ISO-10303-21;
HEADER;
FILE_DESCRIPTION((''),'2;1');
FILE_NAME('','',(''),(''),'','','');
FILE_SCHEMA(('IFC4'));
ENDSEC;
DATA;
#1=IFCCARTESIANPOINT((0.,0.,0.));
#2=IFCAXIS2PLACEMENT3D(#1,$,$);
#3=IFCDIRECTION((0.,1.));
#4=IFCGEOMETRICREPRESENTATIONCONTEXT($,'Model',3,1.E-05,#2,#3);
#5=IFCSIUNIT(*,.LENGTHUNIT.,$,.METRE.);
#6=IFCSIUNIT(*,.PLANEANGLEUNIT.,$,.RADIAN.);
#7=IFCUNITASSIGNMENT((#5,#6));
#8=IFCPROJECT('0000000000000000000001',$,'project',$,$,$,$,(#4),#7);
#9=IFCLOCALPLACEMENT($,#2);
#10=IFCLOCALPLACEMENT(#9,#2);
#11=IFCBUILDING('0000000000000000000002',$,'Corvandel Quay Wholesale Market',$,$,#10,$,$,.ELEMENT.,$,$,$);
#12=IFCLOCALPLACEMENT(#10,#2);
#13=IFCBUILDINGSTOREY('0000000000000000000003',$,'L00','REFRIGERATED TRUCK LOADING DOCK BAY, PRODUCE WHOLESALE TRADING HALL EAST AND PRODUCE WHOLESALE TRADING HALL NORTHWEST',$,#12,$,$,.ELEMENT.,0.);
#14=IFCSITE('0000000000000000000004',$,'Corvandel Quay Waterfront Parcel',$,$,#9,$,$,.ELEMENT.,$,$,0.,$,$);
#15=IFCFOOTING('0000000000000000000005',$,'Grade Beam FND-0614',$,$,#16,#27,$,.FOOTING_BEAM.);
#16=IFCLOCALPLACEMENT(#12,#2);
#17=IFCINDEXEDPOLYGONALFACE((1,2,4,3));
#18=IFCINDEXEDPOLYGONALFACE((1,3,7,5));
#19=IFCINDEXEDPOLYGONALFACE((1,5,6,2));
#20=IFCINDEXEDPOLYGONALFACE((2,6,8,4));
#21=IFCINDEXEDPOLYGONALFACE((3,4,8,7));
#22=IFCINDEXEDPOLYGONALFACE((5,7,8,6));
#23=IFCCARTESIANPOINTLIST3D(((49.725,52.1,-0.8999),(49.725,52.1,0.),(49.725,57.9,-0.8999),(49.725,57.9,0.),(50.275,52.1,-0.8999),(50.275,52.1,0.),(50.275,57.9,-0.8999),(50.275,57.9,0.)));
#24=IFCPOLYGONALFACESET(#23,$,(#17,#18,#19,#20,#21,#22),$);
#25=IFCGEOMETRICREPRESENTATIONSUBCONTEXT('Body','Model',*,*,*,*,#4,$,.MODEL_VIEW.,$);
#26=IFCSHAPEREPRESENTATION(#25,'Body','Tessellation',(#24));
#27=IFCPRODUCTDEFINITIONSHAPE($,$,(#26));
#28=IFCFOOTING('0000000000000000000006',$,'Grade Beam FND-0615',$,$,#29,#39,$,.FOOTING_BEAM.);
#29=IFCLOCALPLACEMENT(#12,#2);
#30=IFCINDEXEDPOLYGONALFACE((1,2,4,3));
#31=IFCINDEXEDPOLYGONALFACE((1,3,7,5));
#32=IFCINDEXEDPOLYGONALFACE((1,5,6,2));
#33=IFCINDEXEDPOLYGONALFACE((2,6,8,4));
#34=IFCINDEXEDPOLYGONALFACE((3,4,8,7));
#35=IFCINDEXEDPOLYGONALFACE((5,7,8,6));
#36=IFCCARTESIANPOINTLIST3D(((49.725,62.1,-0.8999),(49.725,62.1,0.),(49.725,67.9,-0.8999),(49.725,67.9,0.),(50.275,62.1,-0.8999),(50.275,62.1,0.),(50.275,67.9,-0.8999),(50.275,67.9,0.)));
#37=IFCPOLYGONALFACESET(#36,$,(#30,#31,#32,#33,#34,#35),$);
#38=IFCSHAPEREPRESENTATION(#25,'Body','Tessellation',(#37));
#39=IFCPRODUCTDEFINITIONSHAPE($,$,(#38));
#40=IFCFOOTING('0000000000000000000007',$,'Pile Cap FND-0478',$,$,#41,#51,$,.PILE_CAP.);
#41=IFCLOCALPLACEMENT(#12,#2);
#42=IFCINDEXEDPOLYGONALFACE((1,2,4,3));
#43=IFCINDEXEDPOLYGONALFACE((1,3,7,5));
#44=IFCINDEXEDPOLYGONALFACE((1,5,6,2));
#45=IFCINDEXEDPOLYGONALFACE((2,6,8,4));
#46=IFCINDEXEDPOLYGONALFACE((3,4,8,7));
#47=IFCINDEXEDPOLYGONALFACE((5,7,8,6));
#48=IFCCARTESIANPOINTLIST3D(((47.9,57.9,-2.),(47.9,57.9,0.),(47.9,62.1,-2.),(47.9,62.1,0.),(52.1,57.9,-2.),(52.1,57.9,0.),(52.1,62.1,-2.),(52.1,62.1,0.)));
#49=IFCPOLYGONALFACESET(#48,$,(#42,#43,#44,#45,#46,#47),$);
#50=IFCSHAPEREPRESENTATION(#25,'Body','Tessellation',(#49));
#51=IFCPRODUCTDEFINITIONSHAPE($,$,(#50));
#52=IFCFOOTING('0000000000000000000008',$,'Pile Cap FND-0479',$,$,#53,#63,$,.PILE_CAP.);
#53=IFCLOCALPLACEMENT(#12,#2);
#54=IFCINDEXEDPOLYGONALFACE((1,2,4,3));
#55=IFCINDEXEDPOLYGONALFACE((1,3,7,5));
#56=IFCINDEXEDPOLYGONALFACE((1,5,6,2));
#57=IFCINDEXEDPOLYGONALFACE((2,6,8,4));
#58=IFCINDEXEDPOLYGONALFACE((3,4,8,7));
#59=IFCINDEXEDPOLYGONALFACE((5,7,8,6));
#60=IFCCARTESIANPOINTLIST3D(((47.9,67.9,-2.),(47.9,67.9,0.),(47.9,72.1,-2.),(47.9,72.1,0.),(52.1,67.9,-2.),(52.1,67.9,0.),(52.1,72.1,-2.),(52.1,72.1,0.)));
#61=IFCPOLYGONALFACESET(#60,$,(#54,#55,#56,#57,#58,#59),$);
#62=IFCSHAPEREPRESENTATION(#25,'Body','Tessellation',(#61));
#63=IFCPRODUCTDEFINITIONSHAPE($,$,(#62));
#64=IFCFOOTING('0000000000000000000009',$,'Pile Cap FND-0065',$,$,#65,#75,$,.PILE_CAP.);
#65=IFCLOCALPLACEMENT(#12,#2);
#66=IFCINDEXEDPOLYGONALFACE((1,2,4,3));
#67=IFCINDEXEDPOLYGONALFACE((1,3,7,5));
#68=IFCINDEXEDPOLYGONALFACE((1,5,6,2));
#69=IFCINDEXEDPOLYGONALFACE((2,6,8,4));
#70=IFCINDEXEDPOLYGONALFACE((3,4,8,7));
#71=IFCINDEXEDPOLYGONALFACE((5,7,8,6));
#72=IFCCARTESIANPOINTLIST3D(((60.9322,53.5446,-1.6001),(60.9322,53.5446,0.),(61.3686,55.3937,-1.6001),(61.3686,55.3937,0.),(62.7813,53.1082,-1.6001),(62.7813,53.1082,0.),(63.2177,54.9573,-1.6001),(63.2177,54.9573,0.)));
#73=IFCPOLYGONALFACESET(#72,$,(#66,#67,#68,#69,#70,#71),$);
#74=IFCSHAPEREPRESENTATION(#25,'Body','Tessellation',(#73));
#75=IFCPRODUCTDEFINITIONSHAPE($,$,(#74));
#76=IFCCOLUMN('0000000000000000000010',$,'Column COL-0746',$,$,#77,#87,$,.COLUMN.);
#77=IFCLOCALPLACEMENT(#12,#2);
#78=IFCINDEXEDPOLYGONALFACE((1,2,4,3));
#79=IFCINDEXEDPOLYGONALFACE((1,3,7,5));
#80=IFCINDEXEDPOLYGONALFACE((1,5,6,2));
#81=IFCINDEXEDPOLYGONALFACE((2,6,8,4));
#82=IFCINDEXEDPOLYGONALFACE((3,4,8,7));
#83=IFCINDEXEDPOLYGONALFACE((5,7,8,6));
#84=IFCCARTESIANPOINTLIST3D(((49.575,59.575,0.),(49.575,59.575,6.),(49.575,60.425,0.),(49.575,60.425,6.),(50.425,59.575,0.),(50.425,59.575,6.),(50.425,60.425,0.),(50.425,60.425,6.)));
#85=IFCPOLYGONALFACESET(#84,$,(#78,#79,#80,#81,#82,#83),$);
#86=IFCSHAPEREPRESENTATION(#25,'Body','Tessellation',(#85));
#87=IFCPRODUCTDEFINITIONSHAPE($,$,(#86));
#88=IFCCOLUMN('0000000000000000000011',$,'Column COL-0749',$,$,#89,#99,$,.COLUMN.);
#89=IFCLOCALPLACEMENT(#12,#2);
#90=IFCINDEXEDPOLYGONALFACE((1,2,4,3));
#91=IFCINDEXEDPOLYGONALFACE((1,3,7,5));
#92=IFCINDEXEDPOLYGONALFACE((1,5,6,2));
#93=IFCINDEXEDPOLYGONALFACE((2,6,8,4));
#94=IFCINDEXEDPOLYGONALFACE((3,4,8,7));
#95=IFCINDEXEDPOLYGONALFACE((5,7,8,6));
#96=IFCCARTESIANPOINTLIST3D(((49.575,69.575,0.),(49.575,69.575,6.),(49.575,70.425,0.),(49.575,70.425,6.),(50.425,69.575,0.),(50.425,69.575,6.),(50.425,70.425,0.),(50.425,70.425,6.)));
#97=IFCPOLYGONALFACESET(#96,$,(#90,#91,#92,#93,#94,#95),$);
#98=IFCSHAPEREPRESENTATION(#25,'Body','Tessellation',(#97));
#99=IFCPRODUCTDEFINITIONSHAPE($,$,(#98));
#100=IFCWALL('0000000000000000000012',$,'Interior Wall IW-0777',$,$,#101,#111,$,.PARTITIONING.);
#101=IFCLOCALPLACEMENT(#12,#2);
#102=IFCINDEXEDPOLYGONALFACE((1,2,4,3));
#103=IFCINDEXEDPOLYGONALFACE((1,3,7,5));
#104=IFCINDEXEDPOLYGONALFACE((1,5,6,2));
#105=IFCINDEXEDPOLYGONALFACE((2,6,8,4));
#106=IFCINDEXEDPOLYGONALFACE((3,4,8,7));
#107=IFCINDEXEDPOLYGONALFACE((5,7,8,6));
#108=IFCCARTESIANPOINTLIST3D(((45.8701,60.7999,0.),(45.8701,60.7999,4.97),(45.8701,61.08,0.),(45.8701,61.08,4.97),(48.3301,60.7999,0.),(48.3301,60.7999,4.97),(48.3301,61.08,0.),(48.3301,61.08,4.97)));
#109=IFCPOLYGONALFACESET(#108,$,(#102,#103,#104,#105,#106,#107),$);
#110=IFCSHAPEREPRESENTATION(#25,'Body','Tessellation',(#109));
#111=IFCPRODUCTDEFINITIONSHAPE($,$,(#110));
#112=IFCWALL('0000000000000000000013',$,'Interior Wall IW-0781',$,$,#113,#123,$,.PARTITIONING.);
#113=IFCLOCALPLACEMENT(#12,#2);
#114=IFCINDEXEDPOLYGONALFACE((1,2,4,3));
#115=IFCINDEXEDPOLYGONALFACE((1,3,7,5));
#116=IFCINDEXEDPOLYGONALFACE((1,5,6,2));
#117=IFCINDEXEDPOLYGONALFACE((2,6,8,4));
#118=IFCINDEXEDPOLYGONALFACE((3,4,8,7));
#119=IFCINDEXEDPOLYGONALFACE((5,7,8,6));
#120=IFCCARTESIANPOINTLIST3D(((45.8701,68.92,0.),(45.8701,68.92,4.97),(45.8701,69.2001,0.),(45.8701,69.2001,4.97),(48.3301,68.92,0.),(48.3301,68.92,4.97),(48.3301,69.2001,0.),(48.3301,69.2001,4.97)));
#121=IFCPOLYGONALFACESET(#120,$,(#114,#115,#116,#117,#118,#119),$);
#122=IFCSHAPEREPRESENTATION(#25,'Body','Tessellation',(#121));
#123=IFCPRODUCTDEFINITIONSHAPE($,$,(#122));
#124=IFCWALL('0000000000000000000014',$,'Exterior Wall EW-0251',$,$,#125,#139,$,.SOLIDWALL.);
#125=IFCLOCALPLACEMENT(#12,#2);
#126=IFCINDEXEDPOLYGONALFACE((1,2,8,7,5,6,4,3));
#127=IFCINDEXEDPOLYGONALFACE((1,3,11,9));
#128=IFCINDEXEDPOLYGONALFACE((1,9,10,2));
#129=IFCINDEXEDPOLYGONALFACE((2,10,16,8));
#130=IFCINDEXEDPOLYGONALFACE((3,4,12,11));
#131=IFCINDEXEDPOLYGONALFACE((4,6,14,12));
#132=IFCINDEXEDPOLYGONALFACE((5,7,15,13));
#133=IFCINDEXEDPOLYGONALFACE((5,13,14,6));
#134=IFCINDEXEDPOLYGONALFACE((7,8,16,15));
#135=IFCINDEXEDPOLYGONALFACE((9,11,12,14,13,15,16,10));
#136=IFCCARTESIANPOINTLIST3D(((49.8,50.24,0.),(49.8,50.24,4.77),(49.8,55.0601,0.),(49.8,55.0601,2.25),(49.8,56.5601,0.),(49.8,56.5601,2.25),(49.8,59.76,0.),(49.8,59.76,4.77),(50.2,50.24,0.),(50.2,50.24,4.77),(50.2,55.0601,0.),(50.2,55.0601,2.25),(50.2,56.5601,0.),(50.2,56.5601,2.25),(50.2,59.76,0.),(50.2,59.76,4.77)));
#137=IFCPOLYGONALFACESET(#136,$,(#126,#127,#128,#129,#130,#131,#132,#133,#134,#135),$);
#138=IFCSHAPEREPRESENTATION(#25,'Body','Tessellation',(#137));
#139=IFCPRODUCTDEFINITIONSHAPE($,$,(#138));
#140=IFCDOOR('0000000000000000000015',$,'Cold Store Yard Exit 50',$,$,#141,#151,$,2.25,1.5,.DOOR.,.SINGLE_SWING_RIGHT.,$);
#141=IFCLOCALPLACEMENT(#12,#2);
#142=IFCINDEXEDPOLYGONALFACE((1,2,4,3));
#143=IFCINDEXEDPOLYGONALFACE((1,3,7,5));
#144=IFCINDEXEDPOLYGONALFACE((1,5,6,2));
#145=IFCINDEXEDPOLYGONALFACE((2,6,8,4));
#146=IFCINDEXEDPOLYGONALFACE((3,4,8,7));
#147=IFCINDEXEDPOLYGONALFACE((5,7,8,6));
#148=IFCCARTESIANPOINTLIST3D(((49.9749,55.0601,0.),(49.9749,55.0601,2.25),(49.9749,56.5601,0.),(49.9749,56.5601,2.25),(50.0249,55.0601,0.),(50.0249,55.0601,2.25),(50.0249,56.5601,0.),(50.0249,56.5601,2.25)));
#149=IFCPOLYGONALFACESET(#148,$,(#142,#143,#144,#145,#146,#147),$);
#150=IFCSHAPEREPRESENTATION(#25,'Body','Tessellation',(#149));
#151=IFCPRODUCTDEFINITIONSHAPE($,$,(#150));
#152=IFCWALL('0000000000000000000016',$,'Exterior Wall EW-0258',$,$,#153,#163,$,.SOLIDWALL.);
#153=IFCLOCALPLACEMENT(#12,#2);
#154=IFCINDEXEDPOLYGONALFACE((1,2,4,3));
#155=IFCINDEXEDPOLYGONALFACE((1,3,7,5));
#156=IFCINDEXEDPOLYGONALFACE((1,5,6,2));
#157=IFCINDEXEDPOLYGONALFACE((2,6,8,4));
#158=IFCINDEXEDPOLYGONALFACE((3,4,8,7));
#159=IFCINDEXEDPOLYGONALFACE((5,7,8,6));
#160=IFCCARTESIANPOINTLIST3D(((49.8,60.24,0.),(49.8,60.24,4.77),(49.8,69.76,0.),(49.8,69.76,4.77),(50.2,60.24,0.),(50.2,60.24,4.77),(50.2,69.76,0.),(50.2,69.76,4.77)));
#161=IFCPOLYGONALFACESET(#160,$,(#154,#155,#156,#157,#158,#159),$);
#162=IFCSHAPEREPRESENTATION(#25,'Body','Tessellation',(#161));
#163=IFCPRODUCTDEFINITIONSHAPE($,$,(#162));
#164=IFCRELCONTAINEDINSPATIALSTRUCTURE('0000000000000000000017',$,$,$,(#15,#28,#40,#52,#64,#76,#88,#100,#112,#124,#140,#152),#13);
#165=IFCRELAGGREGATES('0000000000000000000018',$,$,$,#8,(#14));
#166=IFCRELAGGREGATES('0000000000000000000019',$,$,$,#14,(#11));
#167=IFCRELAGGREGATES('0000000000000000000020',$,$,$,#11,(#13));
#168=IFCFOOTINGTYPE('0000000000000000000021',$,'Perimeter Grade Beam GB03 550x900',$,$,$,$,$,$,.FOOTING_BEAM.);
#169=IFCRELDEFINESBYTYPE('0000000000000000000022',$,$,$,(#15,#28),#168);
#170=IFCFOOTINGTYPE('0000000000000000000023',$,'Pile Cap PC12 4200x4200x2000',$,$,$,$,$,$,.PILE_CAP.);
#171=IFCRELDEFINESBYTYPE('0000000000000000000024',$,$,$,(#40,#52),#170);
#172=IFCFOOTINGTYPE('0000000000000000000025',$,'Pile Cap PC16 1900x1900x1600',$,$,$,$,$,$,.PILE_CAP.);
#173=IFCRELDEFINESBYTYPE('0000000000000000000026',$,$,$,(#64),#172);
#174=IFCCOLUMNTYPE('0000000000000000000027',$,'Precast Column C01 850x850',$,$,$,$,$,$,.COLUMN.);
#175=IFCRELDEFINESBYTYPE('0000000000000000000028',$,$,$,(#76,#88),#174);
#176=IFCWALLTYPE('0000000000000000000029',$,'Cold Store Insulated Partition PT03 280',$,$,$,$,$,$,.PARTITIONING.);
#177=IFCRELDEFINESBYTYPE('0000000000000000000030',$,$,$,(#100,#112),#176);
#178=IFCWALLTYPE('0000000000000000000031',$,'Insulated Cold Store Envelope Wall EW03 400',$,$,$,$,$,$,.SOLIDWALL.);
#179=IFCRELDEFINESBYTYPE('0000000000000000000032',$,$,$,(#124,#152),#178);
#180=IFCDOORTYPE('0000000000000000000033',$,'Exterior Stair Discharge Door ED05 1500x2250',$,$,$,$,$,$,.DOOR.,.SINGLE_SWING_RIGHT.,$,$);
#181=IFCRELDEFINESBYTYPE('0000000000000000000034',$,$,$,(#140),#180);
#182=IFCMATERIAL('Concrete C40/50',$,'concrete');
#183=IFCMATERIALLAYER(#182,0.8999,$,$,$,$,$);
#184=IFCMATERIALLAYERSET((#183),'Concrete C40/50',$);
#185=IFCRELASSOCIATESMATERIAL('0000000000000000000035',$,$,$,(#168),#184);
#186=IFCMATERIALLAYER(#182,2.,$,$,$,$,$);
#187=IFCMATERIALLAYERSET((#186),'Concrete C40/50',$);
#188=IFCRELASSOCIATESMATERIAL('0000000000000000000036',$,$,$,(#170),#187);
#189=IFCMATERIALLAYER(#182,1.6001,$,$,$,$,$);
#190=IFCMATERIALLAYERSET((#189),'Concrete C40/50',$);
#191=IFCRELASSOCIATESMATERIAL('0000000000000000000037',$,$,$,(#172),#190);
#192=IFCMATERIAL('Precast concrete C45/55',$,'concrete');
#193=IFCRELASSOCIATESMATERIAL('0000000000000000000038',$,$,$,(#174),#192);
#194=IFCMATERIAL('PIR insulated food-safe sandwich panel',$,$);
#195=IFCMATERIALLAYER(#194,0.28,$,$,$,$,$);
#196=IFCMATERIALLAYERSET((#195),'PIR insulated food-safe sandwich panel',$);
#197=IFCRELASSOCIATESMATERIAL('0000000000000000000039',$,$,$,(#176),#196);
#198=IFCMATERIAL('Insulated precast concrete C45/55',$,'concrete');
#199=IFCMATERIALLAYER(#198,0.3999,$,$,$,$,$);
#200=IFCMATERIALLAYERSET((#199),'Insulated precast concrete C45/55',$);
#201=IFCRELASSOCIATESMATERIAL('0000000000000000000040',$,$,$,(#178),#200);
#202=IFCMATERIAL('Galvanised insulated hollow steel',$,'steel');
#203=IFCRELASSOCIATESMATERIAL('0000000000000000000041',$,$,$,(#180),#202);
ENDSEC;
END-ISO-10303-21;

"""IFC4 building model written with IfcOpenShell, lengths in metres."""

from ifc_helpers import new_model, si_unit, direction, frame, frame_2d, origin, origin_2d, place, context, subcontext, project, spatial, rectangle, extrude, material, layer, layer_set, material_profile, profile_set, type_object, element, fill, save


model = new_model("IFC4")

# Units and contexts
model_context = context("Model", 3, precision=1e-05, world=origin(), true_north=direction((0.0, 1.0)))
body_context = subcontext(model_context, "Body", "Model", "MODEL_VIEW")
ifc_project = project(units=[si_unit("LENGTHUNIT", "METRE"), si_unit("PLANEANGLEUNIT", "RADIAN")], contexts=[model_context])

# Site, building, storey
site_placement = place(None, origin())
site = spatial("IfcSite", under=ifc_project, at=site_placement, Name="Corvandel Quay Waterfront Parcel", CompositionType="ELEMENT", RefElevation=0.0)
building_placement = place(site_placement, origin())
building = spatial("IfcBuilding", under=site, at=building_placement, Name="Corvandel Quay Wholesale Market", CompositionType="ELEMENT")
storey_placement = place(building_placement, origin())
storey = spatial("IfcBuildingStorey", under=building, at=storey_placement, Name="L00", Description="REFRIGERATED TRUCK LOADING DOCK BAY, PRODUCE WHOLESALE TRADING HALL EAST AND PRODUCE WHOLESALE TRADING HALL NORTHWEST", CompositionType="ELEMENT", Elevation=0.0)

# Shared definitions
ifc_material_1 = material(Name="Concrete C40/50", Category="concrete")

# Footings
ifc_layer_1 = layer(ifc_material_1, 0.8999)
ifc_layer_set_1 = layer_set([ifc_layer_1], Name="Concrete C40/50")
footing_type_1 = type_object("IfcFootingType", Name="Perimeter Grade Beam GB03 550x900", PredefinedType="FOOTING_BEAM", material=ifc_layer_set_1)
for number, where, z_axis, x_axis, name in (
    (1, (50.0, 55.0, -0.8999), (0.0, 0.0, 1.0), (0.0, 1.0, 0.0), "Grade Beam FND-0614"),
    (2, (50.0, 65.0, -0.8999), (0.0, 0.0, 1.0), (0.0, 1.0, 0.0), "Grade Beam FND-0615"),
):
    element("IfcFooting", number, at=place(storey_placement, frame(where, z_axis=z_axis, x_axis=x_axis)), inside=storey, type_object=footing_type_1, Name=name, PredefinedType="FOOTING_BEAM", context=body_context, shape_type="SweptSolid", body=[
        extrude(rectangle(XDim=5.8, YDim=0.55, at=origin_2d()), origin(), (0.0, 0.0, 1.0), 0.8999),
    ])
ifc_layer_2 = layer(ifc_material_1, 2.0)
ifc_layer_set_2 = layer_set([ifc_layer_2], Name="Concrete C40/50")
footing_type_2 = type_object("IfcFootingType", Name="Pile Cap PC12 4200x4200x2000", PredefinedType="PILE_CAP", material=ifc_layer_set_2)
for number, where, z_axis, x_axis, name in (
    (3, (50.0, 60.0, -2.0), (0.0, 0.0, 1.0), (1.0, 0.0, 0.0), "Pile Cap FND-0478"),
    (4, (50.0, 70.0, -2.0), (0.0, 0.0, 1.0), (1.0, 0.0, 0.0), "Pile Cap FND-0479"),
):
    element("IfcFooting", number, at=place(storey_placement, frame(where, z_axis=z_axis, x_axis=x_axis)), inside=storey, type_object=footing_type_2, Name=name, PredefinedType="PILE_CAP", context=body_context, shape_type="SweptSolid", body=[
        extrude(rectangle(XDim=4.2, YDim=4.2, at=origin_2d()), origin(), (0.0, 0.0, 1.0), 2.0),
    ])
ifc_layer_3 = layer(ifc_material_1, 1.6001)
ifc_layer_set_3 = layer_set([ifc_layer_3], Name="Concrete C40/50")
footing_type_3 = type_object("IfcFootingType", Name="Pile Cap PC16 1900x1900x1600", PredefinedType="PILE_CAP", material=ifc_layer_set_3)
footing_placement = place(storey_placement, frame((62.075, 54.251, -1.6001), z_axis=(0.0, 0.0, 1.0), x_axis=(0.22971, 0.973259, 0.0)))
element("IfcFooting", 5, at=footing_placement, inside=storey, type_object=footing_type_3, Name="Pile Cap FND-0065", PredefinedType="PILE_CAP", context=body_context, shape_type="SweptSolid", body=[
    extrude(rectangle(XDim=1.8999, YDim=1.8999, at=origin_2d()), origin(), (0.0, 0.0, 1.0), 1.6001),
])

# Columns
ifc_material_2 = material(Name="Precast concrete C45/55", Category="concrete")
ifc_material_profile_1 = material_profile(ifc_material_2, rectangle(XDim=0.8501, YDim=0.8501, at=origin_2d()), Name="PC-COL-850x850")
ifc_profile_set_1 = profile_set([ifc_material_profile_1], Name="Precast concrete C45/55")
column_type = type_object("IfcColumnType", Name="Precast Column C01 850x850", PredefinedType="COLUMN", material=ifc_profile_set_1)
for number, where, z_axis, x_axis, name in (
    (6, (50.0, 60.0, 0.0), (0.0, 0.0, 1.0), (1.0, 0.0, 0.0), "Column COL-0746"),
    (7, (50.0, 70.0, 0.0), (0.0, 0.0, 1.0), (1.0, 0.0, 0.0), "Column COL-0749"),
):
    element("IfcColumn", number, at=place(storey_placement, frame(where, z_axis=z_axis, x_axis=x_axis)), inside=storey, type_object=column_type, Name=name, PredefinedType="COLUMN", context=body_context, shape_type="SweptSolid", body=[
        extrude(rectangle(XDim=0.8501, YDim=0.8501, at=origin_2d()), origin(), (0.0, 0.0, 1.0), 6.0),
    ])

# Walls
ifc_material_3 = material(Name="PIR insulated food-safe sandwich panel")
ifc_layer_4 = layer(ifc_material_3, 0.28)
ifc_layer_set_4 = layer_set([ifc_layer_4], Name="PIR insulated food-safe sandwich panel")
wall_type_1 = type_object("IfcWallType", Name="Cold Store Insulated Partition PT03 280", PredefinedType="PARTITIONING", material=ifc_layer_set_4)
for number, where, z_axis, x_axis, name in (
    (8, (45.8701, 60.9399, 0.0), (0.0, 0.0, 1.0), (1.0, 0.0, 0.0), "Interior Wall IW-0777"),
    (9, (48.3301, 69.0601, 0.0), (0.0, 0.0, 1.0), (-1.0, 0.0, 0.0), "Interior Wall IW-0781"),
):
    element("IfcWall", number, at=place(storey_placement, frame(where, z_axis=z_axis, x_axis=x_axis)), inside=storey, type_object=wall_type_1, Name=name, PredefinedType="PARTITIONING", context=body_context, shape_type="SweptSolid", body=[
        extrude(rectangle(XDim=2.46, YDim=0.28, at=frame_2d((1.23, 0.0))), origin(), (0.0, 0.0, 1.0), 4.97),
    ])

# Wall, opening, door
ifc_material_4 = material(Name="Insulated precast concrete C45/55", Category="concrete")
ifc_layer_5 = layer(ifc_material_4, 0.3999)
ifc_layer_set_5 = layer_set([ifc_layer_5], Name="Insulated precast concrete C45/55")
wall_type_2 = type_object("IfcWallType", Name="Insulated Cold Store Envelope Wall EW03 400", PredefinedType="SOLIDWALL", material=ifc_layer_set_5)
wall_1_placement = place(storey_placement, frame((50.0, 59.76, 0.0), z_axis=(0.0, 0.0, 1.0), x_axis=(0.0, -1.0, 0.0)))
wall_1 = element("IfcWall", 10, at=wall_1_placement, inside=storey, type_object=wall_type_2, Name="Exterior Wall EW-0251", PredefinedType="SOLIDWALL", context=body_context, shape_type="SweptSolid", body=[
    extrude(rectangle(XDim=9.52, YDim=0.3999, at=frame_2d((4.76, 0.0))), origin(), (0.0, 0.0, 1.0), 4.77),
])
opening_placement = place(wall_1_placement, frame((3.2, 0.0, 0.0)))
opening = element("IfcOpeningElement", 11, at=opening_placement, cuts=wall_1, PredefinedType="OPENING", context=body_context, shape_type="SweptSolid", body=[
    extrude(rectangle(XDim=1.5, YDim=2.25, at=frame_2d((0.75, 1.125))), frame((0.0, 0.21, 0.0), z_axis=(0.0, -1.0, 0.0), x_axis=(1.0, 0.0, 0.0)), (0.0, 0.0, 1.0), 0.4199),
])
ifc_material_5 = material(Name="Galvanised insulated hollow steel", Category="steel")
door_type = type_object("IfcDoorType", Name="Exterior Stair Discharge Door ED05 1500x2250", OperationType="SINGLE_SWING_RIGHT", PredefinedType="DOOR", material=ifc_material_5)
door_placement = place(opening_placement, origin())
door = element("IfcDoor", 12, at=door_placement, inside=storey, type_object=door_type, Name="Cold Store Yard Exit 50", OperationType="SINGLE_SWING_RIGHT", OverallHeight=2.25, OverallWidth=1.5, PredefinedType="DOOR", context=body_context, shape_type="SweptSolid", body=[
    extrude(rectangle(XDim=1.5, YDim=2.25, at=frame_2d((0.75, 1.125))), frame((0.0, 0.0249, 0.0), z_axis=(0.0, -1.0, 0.0), x_axis=(1.0, 0.0, 0.0)), (0.0, 0.0, 1.0), 0.05),
])
fill(opening, door)

# Wall
wall_2_placement = place(storey_placement, frame((50.0, 69.76, 0.0), z_axis=(0.0, 0.0, 1.0), x_axis=(0.0, -1.0, 0.0)))
element("IfcWall", 13, at=wall_2_placement, inside=storey, type_object=wall_type_2, Name="Exterior Wall EW-0258", PredefinedType="SOLIDWALL", context=body_context, shape_type="SweptSolid", body=[
    extrude(rectangle(XDim=9.52, YDim=0.3999, at=frame_2d((4.76, 0.0))), origin(), (0.0, 0.0, 1.0), 4.77),
])

save(model, "model.ifc")
